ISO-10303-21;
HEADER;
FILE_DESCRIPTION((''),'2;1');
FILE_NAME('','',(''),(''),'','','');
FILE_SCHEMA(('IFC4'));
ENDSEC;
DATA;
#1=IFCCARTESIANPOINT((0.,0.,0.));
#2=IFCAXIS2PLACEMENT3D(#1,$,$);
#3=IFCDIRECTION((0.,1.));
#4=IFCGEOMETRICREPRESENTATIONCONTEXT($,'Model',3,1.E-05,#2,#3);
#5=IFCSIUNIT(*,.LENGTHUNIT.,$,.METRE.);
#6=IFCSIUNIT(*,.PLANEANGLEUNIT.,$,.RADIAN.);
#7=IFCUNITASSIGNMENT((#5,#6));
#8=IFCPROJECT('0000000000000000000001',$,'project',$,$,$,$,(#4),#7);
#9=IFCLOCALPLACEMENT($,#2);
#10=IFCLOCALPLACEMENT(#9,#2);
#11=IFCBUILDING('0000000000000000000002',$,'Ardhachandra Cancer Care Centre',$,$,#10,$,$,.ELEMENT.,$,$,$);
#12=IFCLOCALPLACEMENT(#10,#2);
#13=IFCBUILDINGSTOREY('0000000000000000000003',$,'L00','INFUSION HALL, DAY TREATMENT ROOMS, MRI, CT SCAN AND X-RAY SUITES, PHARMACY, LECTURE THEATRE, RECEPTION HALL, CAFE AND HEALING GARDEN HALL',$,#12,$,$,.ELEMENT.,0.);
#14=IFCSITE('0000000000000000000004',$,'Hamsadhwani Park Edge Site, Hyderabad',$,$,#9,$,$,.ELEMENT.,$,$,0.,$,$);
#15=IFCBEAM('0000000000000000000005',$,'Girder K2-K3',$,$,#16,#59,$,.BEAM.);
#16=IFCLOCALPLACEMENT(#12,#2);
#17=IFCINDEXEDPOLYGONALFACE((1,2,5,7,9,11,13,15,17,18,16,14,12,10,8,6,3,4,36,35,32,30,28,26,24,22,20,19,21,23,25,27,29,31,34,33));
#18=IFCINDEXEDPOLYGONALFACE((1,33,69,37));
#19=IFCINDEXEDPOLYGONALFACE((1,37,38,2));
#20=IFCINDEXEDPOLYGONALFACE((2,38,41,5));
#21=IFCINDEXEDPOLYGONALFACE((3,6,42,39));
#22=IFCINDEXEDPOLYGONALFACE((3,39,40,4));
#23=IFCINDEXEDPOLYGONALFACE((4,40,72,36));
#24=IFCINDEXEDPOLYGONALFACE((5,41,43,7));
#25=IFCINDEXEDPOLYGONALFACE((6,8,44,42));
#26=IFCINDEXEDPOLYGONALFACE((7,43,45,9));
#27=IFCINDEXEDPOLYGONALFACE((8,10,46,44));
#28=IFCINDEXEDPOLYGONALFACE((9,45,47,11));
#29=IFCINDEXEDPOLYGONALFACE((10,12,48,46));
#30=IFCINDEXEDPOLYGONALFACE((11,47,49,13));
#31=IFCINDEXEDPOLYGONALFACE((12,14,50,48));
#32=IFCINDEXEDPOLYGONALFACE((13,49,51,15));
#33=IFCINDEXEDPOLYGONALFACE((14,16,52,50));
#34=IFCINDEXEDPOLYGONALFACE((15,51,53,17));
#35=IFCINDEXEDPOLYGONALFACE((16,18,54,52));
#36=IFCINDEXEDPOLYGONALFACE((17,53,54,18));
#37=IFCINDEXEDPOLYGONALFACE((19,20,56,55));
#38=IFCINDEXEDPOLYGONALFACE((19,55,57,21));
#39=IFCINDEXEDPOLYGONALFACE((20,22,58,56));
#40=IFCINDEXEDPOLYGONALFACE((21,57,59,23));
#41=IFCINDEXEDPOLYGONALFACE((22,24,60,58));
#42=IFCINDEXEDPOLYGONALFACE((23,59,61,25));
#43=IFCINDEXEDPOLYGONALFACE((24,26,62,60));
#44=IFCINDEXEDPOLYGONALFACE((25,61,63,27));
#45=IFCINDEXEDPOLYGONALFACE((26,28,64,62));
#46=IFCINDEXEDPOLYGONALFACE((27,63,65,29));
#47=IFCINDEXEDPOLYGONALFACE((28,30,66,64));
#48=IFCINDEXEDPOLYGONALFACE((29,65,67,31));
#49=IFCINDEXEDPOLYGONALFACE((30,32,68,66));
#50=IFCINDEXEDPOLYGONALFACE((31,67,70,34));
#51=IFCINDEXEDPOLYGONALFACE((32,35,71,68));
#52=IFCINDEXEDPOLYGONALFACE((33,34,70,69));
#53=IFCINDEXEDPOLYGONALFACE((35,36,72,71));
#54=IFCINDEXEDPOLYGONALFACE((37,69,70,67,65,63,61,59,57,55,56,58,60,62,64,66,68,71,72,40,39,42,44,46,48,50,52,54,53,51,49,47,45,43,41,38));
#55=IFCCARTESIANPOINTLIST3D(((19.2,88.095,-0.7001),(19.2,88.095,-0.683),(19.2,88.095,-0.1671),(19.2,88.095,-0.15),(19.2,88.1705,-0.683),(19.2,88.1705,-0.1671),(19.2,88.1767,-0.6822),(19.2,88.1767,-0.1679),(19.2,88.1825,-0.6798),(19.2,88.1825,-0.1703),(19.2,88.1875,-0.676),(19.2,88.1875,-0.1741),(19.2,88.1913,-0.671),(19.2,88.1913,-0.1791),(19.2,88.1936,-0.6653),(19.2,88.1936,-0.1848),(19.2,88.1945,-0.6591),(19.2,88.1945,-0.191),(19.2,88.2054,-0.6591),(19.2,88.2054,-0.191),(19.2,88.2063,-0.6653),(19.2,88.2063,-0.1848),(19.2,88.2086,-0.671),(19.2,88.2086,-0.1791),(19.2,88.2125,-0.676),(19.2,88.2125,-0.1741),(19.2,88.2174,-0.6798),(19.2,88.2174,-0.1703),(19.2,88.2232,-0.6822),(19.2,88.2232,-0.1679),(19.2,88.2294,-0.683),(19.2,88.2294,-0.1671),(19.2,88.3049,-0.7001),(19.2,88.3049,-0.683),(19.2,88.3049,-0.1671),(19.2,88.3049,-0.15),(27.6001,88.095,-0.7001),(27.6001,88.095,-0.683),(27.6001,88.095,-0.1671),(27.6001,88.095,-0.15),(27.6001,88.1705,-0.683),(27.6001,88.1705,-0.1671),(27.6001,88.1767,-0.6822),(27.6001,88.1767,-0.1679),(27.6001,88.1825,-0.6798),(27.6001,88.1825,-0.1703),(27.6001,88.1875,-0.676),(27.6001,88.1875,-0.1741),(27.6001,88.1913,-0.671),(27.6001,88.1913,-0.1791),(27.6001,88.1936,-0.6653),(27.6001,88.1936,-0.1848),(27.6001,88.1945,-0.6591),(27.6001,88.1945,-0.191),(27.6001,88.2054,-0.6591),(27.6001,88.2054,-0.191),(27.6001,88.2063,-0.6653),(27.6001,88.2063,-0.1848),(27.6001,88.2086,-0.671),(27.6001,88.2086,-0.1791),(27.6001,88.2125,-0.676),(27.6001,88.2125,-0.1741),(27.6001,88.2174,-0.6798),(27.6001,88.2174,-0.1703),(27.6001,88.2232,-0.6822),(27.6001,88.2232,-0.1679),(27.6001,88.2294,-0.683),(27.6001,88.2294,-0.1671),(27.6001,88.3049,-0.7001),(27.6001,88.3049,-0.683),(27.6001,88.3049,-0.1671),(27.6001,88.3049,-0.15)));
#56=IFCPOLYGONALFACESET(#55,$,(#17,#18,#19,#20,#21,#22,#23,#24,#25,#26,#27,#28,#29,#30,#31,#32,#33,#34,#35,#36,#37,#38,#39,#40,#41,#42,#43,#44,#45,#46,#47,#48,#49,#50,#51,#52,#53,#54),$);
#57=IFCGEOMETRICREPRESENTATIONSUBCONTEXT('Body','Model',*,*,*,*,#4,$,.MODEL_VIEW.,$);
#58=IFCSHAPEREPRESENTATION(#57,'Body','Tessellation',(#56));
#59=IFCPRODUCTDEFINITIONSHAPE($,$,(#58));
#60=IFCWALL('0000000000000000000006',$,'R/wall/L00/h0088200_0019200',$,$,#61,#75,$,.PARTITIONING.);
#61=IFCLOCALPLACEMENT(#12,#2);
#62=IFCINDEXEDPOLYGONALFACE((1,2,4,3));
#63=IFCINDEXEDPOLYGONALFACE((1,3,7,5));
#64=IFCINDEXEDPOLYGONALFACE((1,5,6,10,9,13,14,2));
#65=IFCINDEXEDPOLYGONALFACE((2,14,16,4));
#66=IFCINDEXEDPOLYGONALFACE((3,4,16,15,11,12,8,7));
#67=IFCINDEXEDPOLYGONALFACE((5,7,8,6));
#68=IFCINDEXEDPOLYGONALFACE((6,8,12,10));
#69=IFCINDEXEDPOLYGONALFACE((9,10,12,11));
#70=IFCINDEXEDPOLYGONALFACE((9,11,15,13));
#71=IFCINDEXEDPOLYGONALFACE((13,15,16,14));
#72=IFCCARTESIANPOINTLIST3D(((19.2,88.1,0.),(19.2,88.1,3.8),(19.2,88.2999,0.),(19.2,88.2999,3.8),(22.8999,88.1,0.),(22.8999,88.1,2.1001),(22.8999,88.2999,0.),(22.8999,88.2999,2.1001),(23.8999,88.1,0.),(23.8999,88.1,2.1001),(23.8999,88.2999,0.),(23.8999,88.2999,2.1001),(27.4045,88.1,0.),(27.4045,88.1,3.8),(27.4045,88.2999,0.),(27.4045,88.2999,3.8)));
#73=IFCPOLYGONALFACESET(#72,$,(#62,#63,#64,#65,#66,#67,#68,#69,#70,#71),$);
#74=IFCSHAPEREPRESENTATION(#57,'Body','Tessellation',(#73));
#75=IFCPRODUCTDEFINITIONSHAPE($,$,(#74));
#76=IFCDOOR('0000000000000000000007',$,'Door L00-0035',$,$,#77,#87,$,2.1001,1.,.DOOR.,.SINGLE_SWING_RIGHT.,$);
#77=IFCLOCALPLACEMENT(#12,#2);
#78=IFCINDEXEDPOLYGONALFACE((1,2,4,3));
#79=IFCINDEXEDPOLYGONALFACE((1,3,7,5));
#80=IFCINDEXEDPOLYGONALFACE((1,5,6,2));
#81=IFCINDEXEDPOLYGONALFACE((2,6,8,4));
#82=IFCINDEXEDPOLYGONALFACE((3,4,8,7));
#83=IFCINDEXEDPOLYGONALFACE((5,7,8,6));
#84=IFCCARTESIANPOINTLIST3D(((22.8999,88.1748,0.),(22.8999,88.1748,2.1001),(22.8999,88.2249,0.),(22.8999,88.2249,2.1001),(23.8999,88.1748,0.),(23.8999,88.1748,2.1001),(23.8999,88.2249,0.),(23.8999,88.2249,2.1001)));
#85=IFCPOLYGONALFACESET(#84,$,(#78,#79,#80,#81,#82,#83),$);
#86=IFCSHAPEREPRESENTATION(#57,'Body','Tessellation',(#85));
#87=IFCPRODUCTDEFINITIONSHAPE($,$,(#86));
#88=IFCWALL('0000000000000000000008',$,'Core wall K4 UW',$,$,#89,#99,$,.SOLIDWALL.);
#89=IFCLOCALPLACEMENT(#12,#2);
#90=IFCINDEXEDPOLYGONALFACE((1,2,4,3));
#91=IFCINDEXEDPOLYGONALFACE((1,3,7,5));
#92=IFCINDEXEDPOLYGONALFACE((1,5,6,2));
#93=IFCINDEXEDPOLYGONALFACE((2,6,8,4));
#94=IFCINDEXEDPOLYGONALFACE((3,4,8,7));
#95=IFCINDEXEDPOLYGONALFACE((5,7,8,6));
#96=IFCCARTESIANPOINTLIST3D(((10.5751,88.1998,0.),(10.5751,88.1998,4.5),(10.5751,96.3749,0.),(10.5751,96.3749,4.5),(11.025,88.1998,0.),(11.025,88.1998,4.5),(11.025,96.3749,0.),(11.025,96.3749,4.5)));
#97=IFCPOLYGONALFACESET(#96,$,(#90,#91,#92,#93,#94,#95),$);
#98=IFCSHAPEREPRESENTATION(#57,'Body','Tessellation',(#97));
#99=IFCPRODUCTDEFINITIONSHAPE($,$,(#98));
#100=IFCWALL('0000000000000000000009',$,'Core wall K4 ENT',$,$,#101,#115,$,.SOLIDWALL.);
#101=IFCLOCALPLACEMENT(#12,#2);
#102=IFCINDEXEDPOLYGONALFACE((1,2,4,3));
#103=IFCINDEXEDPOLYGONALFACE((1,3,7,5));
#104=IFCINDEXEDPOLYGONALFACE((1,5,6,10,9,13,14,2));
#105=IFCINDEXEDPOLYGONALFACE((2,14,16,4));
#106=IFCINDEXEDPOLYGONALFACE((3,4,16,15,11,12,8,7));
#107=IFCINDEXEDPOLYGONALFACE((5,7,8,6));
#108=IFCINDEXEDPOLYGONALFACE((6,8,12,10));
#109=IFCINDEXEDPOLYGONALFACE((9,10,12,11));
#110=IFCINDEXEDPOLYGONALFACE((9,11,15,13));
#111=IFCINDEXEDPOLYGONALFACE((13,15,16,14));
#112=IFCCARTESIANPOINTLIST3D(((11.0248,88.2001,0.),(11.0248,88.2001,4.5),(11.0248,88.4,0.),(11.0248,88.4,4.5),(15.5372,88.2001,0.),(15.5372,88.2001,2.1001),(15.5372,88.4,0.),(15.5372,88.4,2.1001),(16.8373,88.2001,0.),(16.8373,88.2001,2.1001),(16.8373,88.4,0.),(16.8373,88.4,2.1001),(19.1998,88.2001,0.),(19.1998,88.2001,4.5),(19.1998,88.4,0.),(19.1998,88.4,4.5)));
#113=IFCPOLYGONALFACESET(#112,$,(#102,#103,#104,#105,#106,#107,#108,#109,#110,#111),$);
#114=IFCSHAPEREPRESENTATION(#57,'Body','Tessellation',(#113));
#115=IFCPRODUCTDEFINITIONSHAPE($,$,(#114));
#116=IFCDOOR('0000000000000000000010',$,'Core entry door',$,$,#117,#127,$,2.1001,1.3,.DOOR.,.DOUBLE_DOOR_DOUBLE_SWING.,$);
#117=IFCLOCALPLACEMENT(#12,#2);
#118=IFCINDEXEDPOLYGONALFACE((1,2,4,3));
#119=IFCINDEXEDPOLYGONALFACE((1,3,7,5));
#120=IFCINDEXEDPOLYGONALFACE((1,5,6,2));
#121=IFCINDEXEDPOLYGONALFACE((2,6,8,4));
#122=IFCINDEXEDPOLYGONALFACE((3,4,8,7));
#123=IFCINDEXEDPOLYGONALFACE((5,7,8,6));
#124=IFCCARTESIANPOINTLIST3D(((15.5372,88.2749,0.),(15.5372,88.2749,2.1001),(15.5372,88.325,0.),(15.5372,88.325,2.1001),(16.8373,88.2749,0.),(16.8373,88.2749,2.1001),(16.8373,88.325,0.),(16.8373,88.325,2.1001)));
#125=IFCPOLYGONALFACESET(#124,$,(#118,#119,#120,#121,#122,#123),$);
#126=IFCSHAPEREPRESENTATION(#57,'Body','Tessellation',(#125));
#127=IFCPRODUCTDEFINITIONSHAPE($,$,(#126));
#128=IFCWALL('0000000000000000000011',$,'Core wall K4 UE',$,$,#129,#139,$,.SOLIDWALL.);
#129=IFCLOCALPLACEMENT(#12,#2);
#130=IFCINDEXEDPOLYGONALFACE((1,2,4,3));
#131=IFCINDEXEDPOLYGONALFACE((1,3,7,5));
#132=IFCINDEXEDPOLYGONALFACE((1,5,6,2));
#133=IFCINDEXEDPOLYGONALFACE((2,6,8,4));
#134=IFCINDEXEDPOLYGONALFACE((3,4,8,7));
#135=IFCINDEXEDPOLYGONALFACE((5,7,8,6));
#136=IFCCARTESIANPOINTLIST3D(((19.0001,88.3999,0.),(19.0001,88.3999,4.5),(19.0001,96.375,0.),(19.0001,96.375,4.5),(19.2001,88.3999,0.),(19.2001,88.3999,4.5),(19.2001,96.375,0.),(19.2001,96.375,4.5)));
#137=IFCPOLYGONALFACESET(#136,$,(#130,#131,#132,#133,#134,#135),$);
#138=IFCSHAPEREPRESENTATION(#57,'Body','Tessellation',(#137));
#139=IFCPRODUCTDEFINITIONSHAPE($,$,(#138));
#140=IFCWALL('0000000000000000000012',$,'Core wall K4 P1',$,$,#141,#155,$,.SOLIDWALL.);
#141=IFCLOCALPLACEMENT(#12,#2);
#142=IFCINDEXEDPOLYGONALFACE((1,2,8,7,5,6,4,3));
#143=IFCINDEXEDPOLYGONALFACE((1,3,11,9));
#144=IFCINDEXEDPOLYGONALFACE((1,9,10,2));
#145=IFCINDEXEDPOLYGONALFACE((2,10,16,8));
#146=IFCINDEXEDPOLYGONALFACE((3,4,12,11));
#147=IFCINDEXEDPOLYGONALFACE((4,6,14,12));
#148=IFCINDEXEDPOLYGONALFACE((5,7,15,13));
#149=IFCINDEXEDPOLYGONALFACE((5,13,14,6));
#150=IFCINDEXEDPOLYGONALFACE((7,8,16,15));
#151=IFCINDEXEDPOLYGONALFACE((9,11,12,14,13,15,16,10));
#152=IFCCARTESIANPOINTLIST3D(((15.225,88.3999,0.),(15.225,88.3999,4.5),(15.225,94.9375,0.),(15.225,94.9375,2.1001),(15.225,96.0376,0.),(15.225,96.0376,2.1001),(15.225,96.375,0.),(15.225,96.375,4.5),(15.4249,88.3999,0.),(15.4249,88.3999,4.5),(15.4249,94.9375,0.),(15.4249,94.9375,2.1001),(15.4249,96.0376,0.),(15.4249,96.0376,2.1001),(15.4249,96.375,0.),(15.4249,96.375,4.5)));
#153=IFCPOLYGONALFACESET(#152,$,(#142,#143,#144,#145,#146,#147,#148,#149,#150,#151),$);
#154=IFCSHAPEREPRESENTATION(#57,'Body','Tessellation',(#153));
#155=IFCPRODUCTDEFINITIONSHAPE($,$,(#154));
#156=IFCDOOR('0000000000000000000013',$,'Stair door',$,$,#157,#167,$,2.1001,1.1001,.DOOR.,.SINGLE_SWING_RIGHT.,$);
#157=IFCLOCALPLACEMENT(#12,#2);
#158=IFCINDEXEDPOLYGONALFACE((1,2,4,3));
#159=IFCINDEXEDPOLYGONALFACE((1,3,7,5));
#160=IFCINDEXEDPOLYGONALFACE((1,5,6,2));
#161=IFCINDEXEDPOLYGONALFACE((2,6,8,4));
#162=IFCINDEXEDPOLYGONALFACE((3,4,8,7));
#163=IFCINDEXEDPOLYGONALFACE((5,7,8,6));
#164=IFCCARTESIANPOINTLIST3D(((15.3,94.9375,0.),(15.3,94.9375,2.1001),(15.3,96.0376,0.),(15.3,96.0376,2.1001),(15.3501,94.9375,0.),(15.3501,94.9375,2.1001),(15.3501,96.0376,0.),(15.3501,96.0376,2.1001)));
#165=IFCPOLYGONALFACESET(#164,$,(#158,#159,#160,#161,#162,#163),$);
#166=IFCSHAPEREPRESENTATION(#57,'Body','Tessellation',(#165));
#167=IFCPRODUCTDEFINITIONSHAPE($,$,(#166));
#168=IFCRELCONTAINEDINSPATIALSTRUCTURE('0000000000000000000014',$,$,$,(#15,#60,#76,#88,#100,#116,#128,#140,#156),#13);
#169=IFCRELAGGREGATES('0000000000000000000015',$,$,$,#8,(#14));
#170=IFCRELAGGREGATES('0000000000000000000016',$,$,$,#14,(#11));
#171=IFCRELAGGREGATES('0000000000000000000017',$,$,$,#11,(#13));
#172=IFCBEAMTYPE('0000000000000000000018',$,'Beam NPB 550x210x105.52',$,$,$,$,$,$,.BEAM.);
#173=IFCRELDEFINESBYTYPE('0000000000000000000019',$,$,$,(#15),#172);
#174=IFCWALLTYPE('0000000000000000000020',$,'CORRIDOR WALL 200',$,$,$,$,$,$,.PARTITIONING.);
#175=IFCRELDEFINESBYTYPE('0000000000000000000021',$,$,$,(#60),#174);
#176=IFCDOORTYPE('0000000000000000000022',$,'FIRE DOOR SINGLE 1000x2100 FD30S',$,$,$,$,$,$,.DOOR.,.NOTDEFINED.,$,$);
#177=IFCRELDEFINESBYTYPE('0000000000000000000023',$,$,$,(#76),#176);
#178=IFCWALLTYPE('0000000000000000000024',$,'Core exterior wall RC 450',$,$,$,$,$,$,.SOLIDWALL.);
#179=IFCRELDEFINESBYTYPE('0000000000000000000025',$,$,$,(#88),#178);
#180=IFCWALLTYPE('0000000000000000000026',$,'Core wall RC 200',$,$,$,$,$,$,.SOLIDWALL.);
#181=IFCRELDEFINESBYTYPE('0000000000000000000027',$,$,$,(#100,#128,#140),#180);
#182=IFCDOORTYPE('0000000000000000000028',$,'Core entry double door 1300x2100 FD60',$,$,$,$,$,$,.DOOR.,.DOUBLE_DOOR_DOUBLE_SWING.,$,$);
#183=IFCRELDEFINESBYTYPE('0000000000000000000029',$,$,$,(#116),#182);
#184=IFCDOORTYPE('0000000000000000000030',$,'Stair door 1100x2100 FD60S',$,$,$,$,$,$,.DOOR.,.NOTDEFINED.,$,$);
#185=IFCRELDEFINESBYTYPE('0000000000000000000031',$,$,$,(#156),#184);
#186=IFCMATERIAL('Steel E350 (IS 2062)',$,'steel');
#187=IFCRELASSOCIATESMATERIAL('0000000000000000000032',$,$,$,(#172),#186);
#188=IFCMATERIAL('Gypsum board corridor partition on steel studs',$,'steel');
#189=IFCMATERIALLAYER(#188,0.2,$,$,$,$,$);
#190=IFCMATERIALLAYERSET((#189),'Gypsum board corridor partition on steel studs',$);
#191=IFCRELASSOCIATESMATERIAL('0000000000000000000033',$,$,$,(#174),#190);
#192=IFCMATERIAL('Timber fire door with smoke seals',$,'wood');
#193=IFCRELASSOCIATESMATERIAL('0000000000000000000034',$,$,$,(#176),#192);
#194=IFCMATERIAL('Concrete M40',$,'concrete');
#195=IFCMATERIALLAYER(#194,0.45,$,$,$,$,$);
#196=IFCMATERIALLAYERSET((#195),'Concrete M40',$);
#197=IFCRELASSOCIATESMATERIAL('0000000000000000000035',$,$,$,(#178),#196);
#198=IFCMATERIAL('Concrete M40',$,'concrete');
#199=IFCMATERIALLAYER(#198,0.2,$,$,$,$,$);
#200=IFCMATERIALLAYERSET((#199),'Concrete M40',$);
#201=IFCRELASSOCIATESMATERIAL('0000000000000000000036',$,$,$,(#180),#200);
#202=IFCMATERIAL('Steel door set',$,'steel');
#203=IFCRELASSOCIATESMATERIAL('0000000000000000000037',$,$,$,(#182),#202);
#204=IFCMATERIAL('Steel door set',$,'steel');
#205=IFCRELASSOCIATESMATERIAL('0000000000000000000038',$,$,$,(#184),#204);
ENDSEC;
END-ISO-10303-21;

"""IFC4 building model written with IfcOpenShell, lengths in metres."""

from ifc_helpers import new_model, si_unit, direction, frame, frame_2d, origin, origin_2d, place, context, subcontext, project, spatial, rectangle, i_section, extrude, material, layer, layer_set, material_profile, profile_set, type_object, element, fill, save


model = new_model("IFC4")

# Units and contexts
model_context = context("Model", 3, precision=1e-05, world=origin(), true_north=direction((0.0, 1.0)))
body_context = subcontext(model_context, "Body", "Model", "MODEL_VIEW")
ifc_project = project(units=[si_unit("LENGTHUNIT", "METRE"), si_unit("PLANEANGLEUNIT", "RADIAN")], contexts=[model_context])

# Site, building, storey
site_placement = place(None, origin())
site = spatial("IfcSite", under=ifc_project, at=site_placement, Name="Hamsadhwani Park Edge Site, Hyderabad", CompositionType="ELEMENT", RefElevation=0.0)
building_placement = place(site_placement, origin())
building = spatial("IfcBuilding", under=site, at=building_placement, Name="Ardhachandra Cancer Care Centre", CompositionType="ELEMENT")
storey_placement = place(building_placement, origin())
storey = spatial("IfcBuildingStorey", under=building, at=storey_placement, Name="L00", Description="INFUSION HALL, DAY TREATMENT ROOMS, MRI, CT SCAN AND X-RAY SUITES, PHARMACY, LECTURE THEATRE, RECEPTION HALL, CAFE AND HEALING GARDEN HALL", CompositionType="ELEMENT", Elevation=0.0)

# Beam
ifc_material_1 = material(Name="Steel E350 (IS 2062)", Category="steel")
ifc_material_profile = material_profile(ifc_material_1, i_section(OverallWidth=0.21, OverallDepth=0.55, WebThickness=0.011, FlangeThickness=0.0171, FilletRadius=0.0239, at=origin_2d()), Name="NPB 550x210x105.52")
ifc_profile_set = profile_set([ifc_material_profile], Name="Steel E350 (IS 2062)")
beam_type = type_object("IfcBeamType", Name="Beam NPB 550x210x105.52", PredefinedType="BEAM", material=ifc_profile_set)
beam_placement = place(storey_placement, frame((19.2, 88.2, -0.425), z_axis=(1.0, 0.0, 0.0), x_axis=(0.0, 1.0, 0.0)))
element("IfcBeam", 1, at=beam_placement, inside=storey, type_object=beam_type, Name="Girder K2-K3", PredefinedType="BEAM", context=body_context, shape_type="SweptSolid", body=[
    extrude(i_section(OverallWidth=0.21, OverallDepth=0.55, WebThickness=0.011, FlangeThickness=0.0171, FilletRadius=0.0239, at=origin_2d()), origin(), (0.0, 0.0, 1.0), 8.4001),
])

# Wall, opening, door
ifc_material_2 = material(Name="Gypsum board corridor partition on steel studs", Category="steel")
ifc_layer_1 = layer(ifc_material_2, 0.2)
ifc_layer_set_1 = layer_set([ifc_layer_1], Name="Gypsum board corridor partition on steel studs")
wall_type_1 = type_object("IfcWallType", Name="CORRIDOR WALL 200", PredefinedType="PARTITIONING", material=ifc_layer_set_1)
wall_1_placement = place(storey_placement, frame((19.2, 88.2, 0.0), z_axis=(0.0, 0.0, 1.0), x_axis=(1.0, 0.0, 0.0)))
wall_1 = element("IfcWall", 2, at=wall_1_placement, inside=storey, type_object=wall_type_1, Name="R/wall/L00/h0088200_0019200", PredefinedType="PARTITIONING", context=body_context, shape_type="SweptSolid", body=[
    extrude(rectangle(XDim=8.2046, YDim=0.2, at=frame_2d((4.1023, 0.0))), origin(), (0.0, 0.0, 1.0), 3.8),
])
opening_1_placement = place(wall_1_placement, frame((3.7, 0.0, 0.0)))
opening_1 = element("IfcOpeningElement", 3, at=opening_1_placement, cuts=wall_1, PredefinedType="OPENING", context=body_context, shape_type="SweptSolid", body=[
    extrude(rectangle(XDim=1.0, YDim=2.1001, at=frame_2d((0.5, 1.05))), frame((0.0, 0.1099, 0.0), z_axis=(0.0, -1.0, 0.0), x_axis=(1.0, 0.0, 0.0)), (0.0, 0.0, 1.0), 0.22),
])
ifc_material_3 = material(Name="Timber fire door with smoke seals", Category="wood")
door_type_1 = type_object("IfcDoorType", Name="FIRE DOOR SINGLE 1000x2100 FD30S", OperationType="NOTDEFINED", PredefinedType="DOOR", material=ifc_material_3)
door_1_placement = place(opening_1_placement, origin())
door_1 = element("IfcDoor", 4, at=door_1_placement, inside=storey, type_object=door_type_1, Name="Door L00-0035", OperationType="SINGLE_SWING_RIGHT", OverallHeight=2.1001, OverallWidth=1.0, PredefinedType="DOOR", context=body_context, shape_type="SweptSolid", body=[
    extrude(rectangle(XDim=1.0, YDim=2.1001, at=frame_2d((0.5, 1.05))), frame((0.0, 0.0249, 0.0), z_axis=(0.0, -1.0, 0.0), x_axis=(1.0, 0.0, 0.0)), (0.0, 0.0, 1.0), 0.05),
])
fill(opening_1, door_1)

# Wall
ifc_material_4 = material(Name="Concrete M40", Category="concrete")
ifc_layer_2 = layer(ifc_material_4, 0.45)
ifc_layer_set_2 = layer_set([ifc_layer_2], Name="Concrete M40")
wall_type_2 = type_object("IfcWallType", Name="Core exterior wall RC 450", PredefinedType="SOLIDWALL", material=ifc_layer_set_2)
wall_2_placement = place(storey_placement, frame((10.8, 88.2, 0.0), z_axis=(0.0, 0.0, 1.0), x_axis=(0.0, 1.0, 0.0)))
element("IfcWall", 5, at=wall_2_placement, inside=storey, type_object=wall_type_2, Name="Core wall K4 UW", PredefinedType="SOLIDWALL", context=body_context, shape_type="SweptSolid", body=[
    extrude(rectangle(XDim=8.175, YDim=0.45, at=frame_2d((4.0874, 0.0))), origin(), (0.0, 0.0, 1.0), 4.5),
])

# Wall, opening, door
ifc_material_5 = material(Name="Concrete M40", Category="concrete")
ifc_layer_3 = layer(ifc_material_5, 0.2)
ifc_layer_set_3 = layer_set([ifc_layer_3], Name="Concrete M40")
wall_type_3 = type_object("IfcWallType", Name="Core wall RC 200", PredefinedType="SOLIDWALL", material=ifc_layer_set_3)
wall_3_placement = place(storey_placement, frame((11.0249, 88.3, 0.0), z_axis=(0.0, 0.0, 1.0), x_axis=(1.0, 0.0, 0.0)))
wall_3 = element("IfcWall", 6, at=wall_3_placement, inside=storey, type_object=wall_type_3, Name="Core wall K4 ENT", PredefinedType="SOLIDWALL", context=body_context, shape_type="SweptSolid", body=[
    extrude(rectangle(XDim=8.175, YDim=0.2, at=frame_2d((4.0874, 0.0))), origin(), (0.0, 0.0, 1.0), 4.5),
])
opening_2_placement = place(wall_3_placement, frame((4.5125, 0.0, 0.0)))
opening_2 = element("IfcOpeningElement", 7, at=opening_2_placement, cuts=wall_3, PredefinedType="OPENING", context=body_context, shape_type="SweptSolid", body=[
    extrude(rectangle(XDim=1.3, YDim=2.1001, at=frame_2d((0.6499, 1.05))), frame((0.0, 0.1099, 0.0), z_axis=(0.0, -1.0, 0.0), x_axis=(1.0, 0.0, 0.0)), (0.0, 0.0, 1.0), 0.22),
])
ifc_material_6 = material(Name="Steel door set", Category="steel")
door_type_2 = type_object("IfcDoorType", Name="Core entry double door 1300x2100 FD60", OperationType="DOUBLE_DOOR_DOUBLE_SWING", PredefinedType="DOOR", material=ifc_material_6)
door_2_placement = place(opening_2_placement, origin())
door_2 = element("IfcDoor", 8, at=door_2_placement, inside=storey, type_object=door_type_2, Name="Core entry door", OperationType="DOUBLE_DOOR_DOUBLE_SWING", OverallHeight=2.1001, OverallWidth=1.3, PredefinedType="DOOR", context=body_context, shape_type="SweptSolid", body=[
    extrude(rectangle(XDim=1.3, YDim=2.1001, at=frame_2d((0.6499, 1.05))), frame((0.0, 0.0249, 0.0), z_axis=(0.0, -1.0, 0.0), x_axis=(1.0, 0.0, 0.0)), (0.0, 0.0, 1.0), 0.05),
])
fill(opening_2, door_2)

# Wall
wall_4_placement = place(storey_placement, frame((19.1001, 88.3999, 0.0), z_axis=(0.0, 0.0, 1.0), x_axis=(0.0, 1.0, 0.0)))
element("IfcWall", 9, at=wall_4_placement, inside=storey, type_object=wall_type_3, Name="Core wall K4 UE", PredefinedType="SOLIDWALL", context=body_context, shape_type="SweptSolid", body=[
    extrude(rectangle(XDim=7.9751, YDim=0.2, at=frame_2d((3.9875, 0.0))), origin(), (0.0, 0.0, 1.0), 4.5),
])

# Wall, opening, door
wall_5_placement = place(storey_placement, frame((15.325, 88.3999, 0.0), z_axis=(0.0, 0.0, 1.0), x_axis=(0.0, 1.0, 0.0)))
wall_5 = element("IfcWall", 10, at=wall_5_placement, inside=storey, type_object=wall_type_3, Name="Core wall K4 P1", PredefinedType="SOLIDWALL", context=body_context, shape_type="SweptSolid", body=[
    extrude(rectangle(XDim=7.9751, YDim=0.2, at=frame_2d((3.9875, 0.0))), origin(), (0.0, 0.0, 1.0), 4.5),
])
opening_3_placement = place(wall_5_placement, frame((6.5376, 0.0, 0.0)))
opening_3 = element("IfcOpeningElement", 11, at=opening_3_placement, cuts=wall_5, PredefinedType="OPENING", context=body_context, shape_type="SweptSolid", body=[
    extrude(rectangle(XDim=1.1001, YDim=2.1001, at=frame_2d((0.55, 1.05))), frame((0.0, 0.1099, 0.0), z_axis=(0.0, -1.0, 0.0), x_axis=(1.0, 0.0, 0.0)), (0.0, 0.0, 1.0), 0.22),
])
ifc_material_7 = material(Name="Steel door set", Category="steel")
door_type_3 = type_object("IfcDoorType", Name="Stair door 1100x2100 FD60S", OperationType="NOTDEFINED", PredefinedType="DOOR", material=ifc_material_7)
door_3_placement = place(opening_3_placement, origin())
door_3 = element("IfcDoor", 12, at=door_3_placement, inside=storey, type_object=door_type_3, Name="Stair door", OperationType="SINGLE_SWING_RIGHT", OverallHeight=2.1001, OverallWidth=1.1001, PredefinedType="DOOR", context=body_context, shape_type="SweptSolid", body=[
    extrude(rectangle(XDim=1.1001, YDim=2.1001, at=frame_2d((0.55, 1.05))), frame((0.0, 0.0249, 0.0), z_axis=(0.0, -1.0, 0.0), x_axis=(1.0, 0.0, 0.0)), (0.0, 0.0, 1.0), 0.05),
])
fill(opening_3, door_3)

save(model, "model.ifc")
